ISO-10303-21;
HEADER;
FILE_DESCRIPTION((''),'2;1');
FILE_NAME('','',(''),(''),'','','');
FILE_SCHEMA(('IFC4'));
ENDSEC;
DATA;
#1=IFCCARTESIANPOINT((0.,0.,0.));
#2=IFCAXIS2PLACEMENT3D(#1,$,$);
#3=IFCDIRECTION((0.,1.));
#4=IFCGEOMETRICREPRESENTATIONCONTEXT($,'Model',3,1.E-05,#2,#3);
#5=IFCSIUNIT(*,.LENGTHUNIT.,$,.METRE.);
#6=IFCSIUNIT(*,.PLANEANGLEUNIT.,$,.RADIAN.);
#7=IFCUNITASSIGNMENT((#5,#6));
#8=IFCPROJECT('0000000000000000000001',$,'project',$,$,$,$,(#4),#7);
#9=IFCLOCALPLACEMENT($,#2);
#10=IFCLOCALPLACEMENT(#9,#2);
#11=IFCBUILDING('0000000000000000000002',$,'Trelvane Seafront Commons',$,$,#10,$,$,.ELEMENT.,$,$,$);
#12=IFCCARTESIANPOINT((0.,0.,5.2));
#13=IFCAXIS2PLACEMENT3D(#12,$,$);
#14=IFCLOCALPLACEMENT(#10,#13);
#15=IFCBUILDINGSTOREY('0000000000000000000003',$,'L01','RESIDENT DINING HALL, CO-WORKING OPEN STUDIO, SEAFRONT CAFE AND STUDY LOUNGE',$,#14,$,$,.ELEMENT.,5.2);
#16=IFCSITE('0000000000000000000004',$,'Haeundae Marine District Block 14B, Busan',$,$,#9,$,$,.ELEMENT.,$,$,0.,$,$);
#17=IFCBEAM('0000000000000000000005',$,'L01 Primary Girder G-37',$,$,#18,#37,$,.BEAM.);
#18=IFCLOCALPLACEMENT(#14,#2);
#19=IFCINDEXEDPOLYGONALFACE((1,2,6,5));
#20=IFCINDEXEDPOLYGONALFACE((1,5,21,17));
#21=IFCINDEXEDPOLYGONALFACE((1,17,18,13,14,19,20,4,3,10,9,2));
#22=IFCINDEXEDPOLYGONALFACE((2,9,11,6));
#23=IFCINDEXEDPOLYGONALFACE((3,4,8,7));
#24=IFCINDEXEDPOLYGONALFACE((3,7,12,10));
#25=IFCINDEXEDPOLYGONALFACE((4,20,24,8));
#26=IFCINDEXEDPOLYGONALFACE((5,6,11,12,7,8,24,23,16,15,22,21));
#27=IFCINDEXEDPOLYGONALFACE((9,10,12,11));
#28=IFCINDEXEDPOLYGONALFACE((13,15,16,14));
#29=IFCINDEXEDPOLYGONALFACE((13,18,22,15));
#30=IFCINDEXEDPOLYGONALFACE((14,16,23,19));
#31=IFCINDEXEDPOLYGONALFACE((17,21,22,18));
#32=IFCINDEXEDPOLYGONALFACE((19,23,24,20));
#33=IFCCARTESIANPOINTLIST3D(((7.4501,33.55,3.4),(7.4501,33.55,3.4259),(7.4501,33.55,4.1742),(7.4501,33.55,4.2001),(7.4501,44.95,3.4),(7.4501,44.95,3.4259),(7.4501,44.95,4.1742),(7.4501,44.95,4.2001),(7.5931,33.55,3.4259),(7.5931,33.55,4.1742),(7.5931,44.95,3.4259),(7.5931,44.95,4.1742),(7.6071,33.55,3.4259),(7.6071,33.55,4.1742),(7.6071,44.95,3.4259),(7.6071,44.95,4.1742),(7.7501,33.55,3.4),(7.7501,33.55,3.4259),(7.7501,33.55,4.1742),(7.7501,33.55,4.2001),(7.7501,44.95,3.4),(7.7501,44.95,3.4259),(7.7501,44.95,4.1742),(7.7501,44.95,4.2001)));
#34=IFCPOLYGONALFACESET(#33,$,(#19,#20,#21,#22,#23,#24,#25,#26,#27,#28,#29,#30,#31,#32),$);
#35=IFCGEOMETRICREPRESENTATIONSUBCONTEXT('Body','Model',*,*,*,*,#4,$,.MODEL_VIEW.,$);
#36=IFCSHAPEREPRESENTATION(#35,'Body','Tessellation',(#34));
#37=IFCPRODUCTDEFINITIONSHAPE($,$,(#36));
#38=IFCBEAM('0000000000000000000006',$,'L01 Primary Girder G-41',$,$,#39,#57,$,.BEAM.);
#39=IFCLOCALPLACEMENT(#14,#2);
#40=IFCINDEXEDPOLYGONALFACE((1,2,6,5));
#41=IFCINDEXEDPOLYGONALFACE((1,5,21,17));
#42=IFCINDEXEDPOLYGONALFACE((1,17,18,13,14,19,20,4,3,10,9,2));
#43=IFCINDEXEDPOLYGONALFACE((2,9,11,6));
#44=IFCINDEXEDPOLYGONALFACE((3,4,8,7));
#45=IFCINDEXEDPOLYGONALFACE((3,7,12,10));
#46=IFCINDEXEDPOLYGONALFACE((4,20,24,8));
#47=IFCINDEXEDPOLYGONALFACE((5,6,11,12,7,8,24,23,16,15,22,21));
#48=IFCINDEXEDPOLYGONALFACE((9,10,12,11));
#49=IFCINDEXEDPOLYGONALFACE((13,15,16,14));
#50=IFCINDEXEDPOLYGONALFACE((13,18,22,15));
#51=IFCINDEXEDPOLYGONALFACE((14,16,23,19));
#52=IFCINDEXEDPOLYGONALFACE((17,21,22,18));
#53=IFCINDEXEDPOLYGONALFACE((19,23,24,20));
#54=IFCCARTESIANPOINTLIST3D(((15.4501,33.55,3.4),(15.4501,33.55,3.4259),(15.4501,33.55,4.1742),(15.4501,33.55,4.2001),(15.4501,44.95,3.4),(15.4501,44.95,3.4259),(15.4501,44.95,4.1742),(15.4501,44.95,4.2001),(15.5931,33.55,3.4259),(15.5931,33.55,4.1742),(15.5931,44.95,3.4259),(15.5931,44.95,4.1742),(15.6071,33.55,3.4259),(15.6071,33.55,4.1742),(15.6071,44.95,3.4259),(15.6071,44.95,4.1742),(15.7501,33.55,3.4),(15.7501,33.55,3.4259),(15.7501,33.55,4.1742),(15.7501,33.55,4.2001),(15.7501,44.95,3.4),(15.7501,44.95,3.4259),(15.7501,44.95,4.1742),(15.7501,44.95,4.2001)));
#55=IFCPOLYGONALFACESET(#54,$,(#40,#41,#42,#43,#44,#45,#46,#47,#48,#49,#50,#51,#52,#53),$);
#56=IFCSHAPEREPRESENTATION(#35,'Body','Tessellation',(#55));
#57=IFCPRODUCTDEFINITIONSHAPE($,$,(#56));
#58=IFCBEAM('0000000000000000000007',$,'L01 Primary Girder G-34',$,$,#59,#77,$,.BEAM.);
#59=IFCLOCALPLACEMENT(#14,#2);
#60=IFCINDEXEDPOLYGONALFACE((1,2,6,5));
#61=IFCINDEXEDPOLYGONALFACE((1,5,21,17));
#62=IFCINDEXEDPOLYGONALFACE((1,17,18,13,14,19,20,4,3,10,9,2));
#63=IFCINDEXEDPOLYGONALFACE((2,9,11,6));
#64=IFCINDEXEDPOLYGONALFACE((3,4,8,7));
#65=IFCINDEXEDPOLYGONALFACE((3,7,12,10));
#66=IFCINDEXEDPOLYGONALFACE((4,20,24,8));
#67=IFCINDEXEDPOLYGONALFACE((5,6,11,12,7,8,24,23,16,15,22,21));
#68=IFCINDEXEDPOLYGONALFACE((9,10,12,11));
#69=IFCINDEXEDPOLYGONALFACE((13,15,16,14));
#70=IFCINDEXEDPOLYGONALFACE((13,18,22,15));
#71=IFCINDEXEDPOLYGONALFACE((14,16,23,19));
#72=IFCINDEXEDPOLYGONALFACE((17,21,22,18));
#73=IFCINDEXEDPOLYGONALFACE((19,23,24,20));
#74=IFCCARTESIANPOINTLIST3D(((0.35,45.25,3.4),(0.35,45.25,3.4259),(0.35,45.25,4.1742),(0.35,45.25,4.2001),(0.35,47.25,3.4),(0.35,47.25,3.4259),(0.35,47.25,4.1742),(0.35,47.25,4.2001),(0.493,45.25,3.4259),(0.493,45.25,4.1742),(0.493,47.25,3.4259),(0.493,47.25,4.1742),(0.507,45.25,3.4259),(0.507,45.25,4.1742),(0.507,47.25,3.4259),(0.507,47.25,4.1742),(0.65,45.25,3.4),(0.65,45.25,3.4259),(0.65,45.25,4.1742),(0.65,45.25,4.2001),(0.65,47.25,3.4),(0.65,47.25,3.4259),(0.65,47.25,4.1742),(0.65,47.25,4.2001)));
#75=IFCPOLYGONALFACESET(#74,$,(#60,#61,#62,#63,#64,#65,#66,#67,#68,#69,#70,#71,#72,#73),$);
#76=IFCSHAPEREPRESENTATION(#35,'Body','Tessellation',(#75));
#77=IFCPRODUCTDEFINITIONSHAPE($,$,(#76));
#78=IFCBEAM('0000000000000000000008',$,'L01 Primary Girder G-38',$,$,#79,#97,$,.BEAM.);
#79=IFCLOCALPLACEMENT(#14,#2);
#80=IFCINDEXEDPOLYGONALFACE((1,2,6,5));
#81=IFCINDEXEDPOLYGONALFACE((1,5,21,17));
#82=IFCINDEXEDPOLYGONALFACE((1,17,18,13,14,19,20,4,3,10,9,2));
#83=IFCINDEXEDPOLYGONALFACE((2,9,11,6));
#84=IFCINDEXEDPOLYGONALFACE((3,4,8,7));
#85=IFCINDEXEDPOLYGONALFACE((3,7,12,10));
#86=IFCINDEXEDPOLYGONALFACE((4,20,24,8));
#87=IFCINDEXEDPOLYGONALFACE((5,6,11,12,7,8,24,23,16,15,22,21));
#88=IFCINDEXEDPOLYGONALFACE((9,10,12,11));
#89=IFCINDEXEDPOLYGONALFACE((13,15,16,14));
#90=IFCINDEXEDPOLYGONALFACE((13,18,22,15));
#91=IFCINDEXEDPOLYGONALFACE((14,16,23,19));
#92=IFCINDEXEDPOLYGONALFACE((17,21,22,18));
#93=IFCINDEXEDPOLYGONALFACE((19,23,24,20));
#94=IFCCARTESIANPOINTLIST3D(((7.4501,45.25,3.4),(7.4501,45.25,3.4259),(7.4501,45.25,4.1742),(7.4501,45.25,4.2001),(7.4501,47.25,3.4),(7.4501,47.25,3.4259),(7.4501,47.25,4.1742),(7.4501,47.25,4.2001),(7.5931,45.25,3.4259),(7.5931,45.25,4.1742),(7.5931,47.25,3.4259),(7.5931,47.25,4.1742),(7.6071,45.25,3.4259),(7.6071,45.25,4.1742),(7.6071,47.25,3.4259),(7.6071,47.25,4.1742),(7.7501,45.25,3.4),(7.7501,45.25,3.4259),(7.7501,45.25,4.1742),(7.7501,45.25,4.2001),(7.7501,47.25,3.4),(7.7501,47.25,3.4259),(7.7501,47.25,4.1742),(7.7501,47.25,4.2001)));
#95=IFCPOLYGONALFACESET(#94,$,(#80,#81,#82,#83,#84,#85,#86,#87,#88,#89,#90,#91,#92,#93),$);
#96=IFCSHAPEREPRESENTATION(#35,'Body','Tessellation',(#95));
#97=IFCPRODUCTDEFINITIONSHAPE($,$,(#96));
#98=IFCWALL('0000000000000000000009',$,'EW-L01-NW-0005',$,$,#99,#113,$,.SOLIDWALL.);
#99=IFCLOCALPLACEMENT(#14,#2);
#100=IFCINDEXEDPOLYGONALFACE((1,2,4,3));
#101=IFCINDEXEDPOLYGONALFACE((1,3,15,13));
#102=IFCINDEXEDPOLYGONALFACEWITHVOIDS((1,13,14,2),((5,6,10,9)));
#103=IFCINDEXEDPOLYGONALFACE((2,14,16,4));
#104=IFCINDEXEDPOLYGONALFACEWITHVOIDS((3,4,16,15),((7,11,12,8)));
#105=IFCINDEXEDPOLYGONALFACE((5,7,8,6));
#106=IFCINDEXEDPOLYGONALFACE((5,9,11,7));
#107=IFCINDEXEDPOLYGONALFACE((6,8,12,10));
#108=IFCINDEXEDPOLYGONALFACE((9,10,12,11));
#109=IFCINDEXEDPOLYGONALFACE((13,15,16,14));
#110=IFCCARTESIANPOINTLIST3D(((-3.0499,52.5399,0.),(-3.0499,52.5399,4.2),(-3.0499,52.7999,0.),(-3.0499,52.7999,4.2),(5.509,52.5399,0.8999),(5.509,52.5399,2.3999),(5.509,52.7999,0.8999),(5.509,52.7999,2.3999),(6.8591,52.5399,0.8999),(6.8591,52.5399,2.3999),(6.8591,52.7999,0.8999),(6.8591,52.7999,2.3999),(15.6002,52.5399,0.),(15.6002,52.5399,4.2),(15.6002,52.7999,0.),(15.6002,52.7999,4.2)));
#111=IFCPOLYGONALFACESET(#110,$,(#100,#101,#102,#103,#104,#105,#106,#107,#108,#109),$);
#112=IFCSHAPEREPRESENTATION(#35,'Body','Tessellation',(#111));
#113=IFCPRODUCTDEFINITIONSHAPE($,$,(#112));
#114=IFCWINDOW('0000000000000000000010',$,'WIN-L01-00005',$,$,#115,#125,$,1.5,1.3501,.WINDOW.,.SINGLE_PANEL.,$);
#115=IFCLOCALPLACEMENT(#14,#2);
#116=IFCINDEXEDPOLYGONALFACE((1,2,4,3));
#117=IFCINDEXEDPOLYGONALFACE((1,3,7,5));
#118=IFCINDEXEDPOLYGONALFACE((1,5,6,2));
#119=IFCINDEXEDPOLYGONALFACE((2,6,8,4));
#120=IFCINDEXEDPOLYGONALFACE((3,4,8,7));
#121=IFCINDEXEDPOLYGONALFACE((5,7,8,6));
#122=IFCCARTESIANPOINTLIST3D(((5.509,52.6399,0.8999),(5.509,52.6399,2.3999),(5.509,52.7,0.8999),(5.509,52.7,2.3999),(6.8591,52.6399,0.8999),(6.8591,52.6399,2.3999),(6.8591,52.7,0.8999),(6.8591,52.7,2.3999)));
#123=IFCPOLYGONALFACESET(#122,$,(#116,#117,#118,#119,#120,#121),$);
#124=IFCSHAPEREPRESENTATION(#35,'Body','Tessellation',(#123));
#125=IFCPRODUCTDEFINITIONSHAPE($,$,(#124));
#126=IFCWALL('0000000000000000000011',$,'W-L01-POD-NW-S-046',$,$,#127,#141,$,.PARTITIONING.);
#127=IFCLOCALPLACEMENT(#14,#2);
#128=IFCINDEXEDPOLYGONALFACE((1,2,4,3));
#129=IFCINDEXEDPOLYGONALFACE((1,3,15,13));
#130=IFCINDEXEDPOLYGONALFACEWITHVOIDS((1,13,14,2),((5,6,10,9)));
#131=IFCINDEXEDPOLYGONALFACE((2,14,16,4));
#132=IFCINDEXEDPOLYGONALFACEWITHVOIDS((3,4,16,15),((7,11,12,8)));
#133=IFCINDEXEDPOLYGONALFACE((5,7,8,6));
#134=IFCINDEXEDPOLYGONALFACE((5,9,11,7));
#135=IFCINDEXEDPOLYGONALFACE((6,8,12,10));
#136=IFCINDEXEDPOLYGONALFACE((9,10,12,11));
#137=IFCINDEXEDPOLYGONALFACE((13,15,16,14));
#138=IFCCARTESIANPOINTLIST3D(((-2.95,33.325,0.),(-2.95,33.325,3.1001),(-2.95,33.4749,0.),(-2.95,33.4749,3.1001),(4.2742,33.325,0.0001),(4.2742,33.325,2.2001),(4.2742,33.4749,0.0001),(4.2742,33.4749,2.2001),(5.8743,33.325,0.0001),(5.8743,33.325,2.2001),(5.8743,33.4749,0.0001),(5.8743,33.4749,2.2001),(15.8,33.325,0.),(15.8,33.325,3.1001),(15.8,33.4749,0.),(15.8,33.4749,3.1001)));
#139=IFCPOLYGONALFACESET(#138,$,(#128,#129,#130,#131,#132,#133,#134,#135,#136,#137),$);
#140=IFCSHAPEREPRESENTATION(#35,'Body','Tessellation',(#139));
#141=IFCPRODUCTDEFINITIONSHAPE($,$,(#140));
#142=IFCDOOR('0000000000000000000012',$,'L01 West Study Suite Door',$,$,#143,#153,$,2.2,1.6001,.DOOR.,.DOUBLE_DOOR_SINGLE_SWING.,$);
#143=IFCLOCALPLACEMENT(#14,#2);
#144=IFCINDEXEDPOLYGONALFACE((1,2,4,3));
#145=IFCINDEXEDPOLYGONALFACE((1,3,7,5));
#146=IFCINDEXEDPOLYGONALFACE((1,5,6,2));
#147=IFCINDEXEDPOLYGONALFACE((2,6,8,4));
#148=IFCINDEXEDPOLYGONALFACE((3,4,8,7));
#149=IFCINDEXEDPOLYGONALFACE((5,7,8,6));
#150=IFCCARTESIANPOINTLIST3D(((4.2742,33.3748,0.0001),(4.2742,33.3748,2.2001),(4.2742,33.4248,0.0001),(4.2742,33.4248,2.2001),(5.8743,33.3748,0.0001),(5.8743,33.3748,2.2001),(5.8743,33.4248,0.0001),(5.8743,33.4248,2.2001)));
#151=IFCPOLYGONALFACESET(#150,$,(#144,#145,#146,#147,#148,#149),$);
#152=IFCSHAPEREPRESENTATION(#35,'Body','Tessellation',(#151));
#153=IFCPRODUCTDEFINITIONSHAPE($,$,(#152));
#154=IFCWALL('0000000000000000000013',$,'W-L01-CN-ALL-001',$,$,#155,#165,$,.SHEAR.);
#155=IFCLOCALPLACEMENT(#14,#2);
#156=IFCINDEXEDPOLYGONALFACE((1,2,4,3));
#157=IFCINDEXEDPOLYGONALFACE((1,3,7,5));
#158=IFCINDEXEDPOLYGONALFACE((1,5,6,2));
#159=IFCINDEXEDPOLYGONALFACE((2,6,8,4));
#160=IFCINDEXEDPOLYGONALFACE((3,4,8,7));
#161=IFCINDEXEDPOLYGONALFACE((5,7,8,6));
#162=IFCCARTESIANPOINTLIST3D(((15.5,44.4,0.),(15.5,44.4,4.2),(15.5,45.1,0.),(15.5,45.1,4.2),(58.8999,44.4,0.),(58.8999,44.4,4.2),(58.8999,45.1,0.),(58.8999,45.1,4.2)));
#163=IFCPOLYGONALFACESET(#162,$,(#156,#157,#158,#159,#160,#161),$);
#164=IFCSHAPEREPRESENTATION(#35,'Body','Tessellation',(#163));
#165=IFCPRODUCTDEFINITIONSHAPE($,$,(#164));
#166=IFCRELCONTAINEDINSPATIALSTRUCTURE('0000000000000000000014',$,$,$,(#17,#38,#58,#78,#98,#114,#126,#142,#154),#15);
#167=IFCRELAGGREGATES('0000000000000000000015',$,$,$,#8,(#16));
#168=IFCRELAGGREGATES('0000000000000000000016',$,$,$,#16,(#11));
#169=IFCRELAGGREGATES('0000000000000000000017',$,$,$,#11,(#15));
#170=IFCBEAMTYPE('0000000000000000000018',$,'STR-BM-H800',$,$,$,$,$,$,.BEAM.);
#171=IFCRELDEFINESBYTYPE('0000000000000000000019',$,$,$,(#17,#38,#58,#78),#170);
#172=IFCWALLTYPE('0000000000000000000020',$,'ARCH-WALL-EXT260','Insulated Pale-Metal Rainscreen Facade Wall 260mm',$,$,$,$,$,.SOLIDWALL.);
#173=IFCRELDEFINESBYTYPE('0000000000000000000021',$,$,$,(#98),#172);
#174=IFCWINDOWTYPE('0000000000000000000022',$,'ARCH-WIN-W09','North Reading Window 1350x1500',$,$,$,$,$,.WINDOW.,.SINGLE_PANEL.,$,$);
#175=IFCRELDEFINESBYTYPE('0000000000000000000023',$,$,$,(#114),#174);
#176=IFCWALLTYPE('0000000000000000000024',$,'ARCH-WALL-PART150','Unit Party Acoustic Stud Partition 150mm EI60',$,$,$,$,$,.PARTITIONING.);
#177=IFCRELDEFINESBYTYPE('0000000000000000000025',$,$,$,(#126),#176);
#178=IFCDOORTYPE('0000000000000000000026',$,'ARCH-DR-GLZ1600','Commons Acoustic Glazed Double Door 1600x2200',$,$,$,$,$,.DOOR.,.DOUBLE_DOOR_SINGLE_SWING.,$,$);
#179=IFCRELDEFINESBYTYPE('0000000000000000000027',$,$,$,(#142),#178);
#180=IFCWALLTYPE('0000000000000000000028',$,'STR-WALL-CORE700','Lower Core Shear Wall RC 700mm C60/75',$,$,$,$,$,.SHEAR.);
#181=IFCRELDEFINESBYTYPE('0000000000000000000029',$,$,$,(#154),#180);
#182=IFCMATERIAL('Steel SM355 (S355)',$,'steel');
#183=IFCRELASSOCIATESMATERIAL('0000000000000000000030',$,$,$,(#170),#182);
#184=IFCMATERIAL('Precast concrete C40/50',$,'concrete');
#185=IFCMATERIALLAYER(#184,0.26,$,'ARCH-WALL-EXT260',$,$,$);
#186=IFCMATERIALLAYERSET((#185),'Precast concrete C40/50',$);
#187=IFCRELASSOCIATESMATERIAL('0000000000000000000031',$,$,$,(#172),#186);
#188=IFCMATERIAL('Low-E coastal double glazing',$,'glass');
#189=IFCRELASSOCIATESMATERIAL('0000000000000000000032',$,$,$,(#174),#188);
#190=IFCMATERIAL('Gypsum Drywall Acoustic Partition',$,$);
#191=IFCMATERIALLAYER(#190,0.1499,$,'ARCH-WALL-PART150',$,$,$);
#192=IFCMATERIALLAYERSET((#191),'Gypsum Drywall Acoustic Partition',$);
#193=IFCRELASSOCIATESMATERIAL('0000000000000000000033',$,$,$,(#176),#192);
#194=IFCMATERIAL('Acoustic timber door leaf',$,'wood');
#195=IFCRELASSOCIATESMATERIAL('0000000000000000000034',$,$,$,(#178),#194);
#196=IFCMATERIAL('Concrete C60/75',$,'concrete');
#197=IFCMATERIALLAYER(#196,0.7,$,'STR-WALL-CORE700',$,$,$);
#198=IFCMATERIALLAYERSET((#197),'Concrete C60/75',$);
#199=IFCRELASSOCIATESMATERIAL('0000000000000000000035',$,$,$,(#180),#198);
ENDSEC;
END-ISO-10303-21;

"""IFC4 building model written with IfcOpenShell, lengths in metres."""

from ifc_helpers import new_model, si_unit, direction, frame, frame_2d, origin, origin_2d, place, context, subcontext, project, spatial, rectangle, i_section, extrude, source, transform, mapped, material, layer, layer_set, material_profile, profile_set, type_object, element, fill, save


model = new_model("IFC4")

# Units and contexts
model_context = context("Model", 3, precision=1e-05, world=origin(), true_north=direction((0.0, 1.0)))
body_context = subcontext(model_context, "Body", "Model", "MODEL_VIEW")
ifc_project = project(units=[si_unit("LENGTHUNIT", "METRE"), si_unit("PLANEANGLEUNIT", "RADIAN")], contexts=[model_context])

# Site, building, storey
site_placement = place(None, origin())
site = spatial("IfcSite", under=ifc_project, at=site_placement, Name="Haeundae Marine District Block 14B, Busan", CompositionType="ELEMENT", RefElevation=0.0)
building_placement = place(site_placement, origin())
building = spatial("IfcBuilding", under=site, at=building_placement, Name="Trelvane Seafront Commons", CompositionType="ELEMENT")
storey_placement = place(building_placement, frame((0.0, 0.0, 5.2)))
storey = spatial("IfcBuildingStorey", under=building, at=storey_placement, Name="L01", Description="RESIDENT DINING HALL, CO-WORKING OPEN STUDIO, SEAFRONT CAFE AND STUDY LOUNGE", CompositionType="ELEMENT", Elevation=5.2)

# Shared definitions
ifc_material_1 = material(Name="Concrete C60/75", Category="concrete")

# Beams
ifc_material_2 = material(Name="Steel SM355 (S355)", Category="steel")
ifc_material_profile_1 = material_profile(ifc_material_2, i_section(OverallWidth=0.3, OverallDepth=0.8, WebThickness=0.0139, FlangeThickness=0.0259, at=origin_2d()), Name="H-800x300x14x26")
ifc_profile_set_1 = profile_set([ifc_material_profile_1], Name="Steel SM355 (S355)")
beam_type_1 = type_object("IfcBeamType", Name="STR-BM-H800", PredefinedType="BEAM", material=ifc_profile_set_1)
shared_shape_1 = source(origin(), body_context, "Body", "SweptSolid", [
    extrude(i_section(OverallWidth=0.3, OverallDepth=0.8, WebThickness=0.0139, FlangeThickness=0.0259, at=origin_2d()), origin(), (0.0, 0.0, 1.0), 11.3999),
])
for number, where, z_axis, x_axis, name in (
    (1, (7.6001, 33.55, 3.8), (0.0, 1.0, 0.0), (-1.0, 0.0, 0.0), "L01 Primary Girder G-37"),
    (2, (15.6001, 33.55, 3.8), (0.0, 1.0, 0.0), (-1.0, 0.0, 0.0), "L01 Primary Girder G-41"),
):
    element("IfcBeam", number, at=place(storey_placement, frame(where, z_axis=z_axis, x_axis=x_axis)), inside=storey, type_object=beam_type_1, Name=name, PredefinedType="BEAM", context=body_context, shape_type="MappedRepresentation", body=[
        mapped(shared_shape_1, transform((0.0, 0.0, 0.0), x_axis=(1.0, 0.0, 0.0), y_axis=(0.0, 1.0, 0.0), z_axis=(0.0, 0.0, 1.0), scale=1.0)),
    ])
shared_shape_2 = source(origin(), body_context, "Body", "SweptSolid", [
    extrude(i_section(OverallWidth=0.3, OverallDepth=0.8, WebThickness=0.0139, FlangeThickness=0.0259, at=origin_2d()), origin(), (0.0, 0.0, 1.0), 2.0),
])
for number, where, z_axis, x_axis, name in (
    (3, (0.5, 45.25, 3.8), (0.0, 1.0, 0.0), (-1.0, 0.0, 0.0), "L01 Primary Girder G-34"),
    (4, (7.6001, 45.25, 3.8), (0.0, 1.0, 0.0), (-1.0, 0.0, 0.0), "L01 Primary Girder G-38"),
):
    element("IfcBeam", number, at=place(storey_placement, frame(where, z_axis=z_axis, x_axis=x_axis)), inside=storey, type_object=beam_type_1, Name=name, PredefinedType="BEAM", context=body_context, shape_type="MappedRepresentation", body=[
        mapped(shared_shape_2, transform((0.0, 0.0, 0.0), x_axis=(1.0, 0.0, 0.0), y_axis=(0.0, 1.0, 0.0), z_axis=(0.0, 0.0, 1.0), scale=1.0)),
    ])

# Wall, opening, window
ifc_material_3 = material(Name="Precast concrete C40/50", Category="concrete")
ifc_layer_1 = layer(ifc_material_3, 0.26, Name="ARCH-WALL-EXT260")
ifc_layer_set_1 = layer_set([ifc_layer_1], Name="Precast concrete C40/50")
wall_type_1 = type_object("IfcWallType", Name="ARCH-WALL-EXT260", Description="Insulated Pale-Metal Rainscreen Facade Wall 260mm", PredefinedType="SOLIDWALL", material=ifc_layer_set_1)
wall_1_placement = place(storey_placement, frame((-3.05, 52.6699, 0.0), z_axis=(0.0, 0.0, 1.0), x_axis=(1.0, 0.0, 0.0)))
wall_1 = element("IfcWall", 5, at=wall_1_placement, inside=storey, type_object=wall_type_1, Name="EW-L01-NW-0005", PredefinedType="SOLIDWALL", context=body_context, shape_type="SweptSolid", body=[
    extrude(rectangle(XDim=18.6501, YDim=0.26, at=frame_2d((9.3252, 0.0))), origin(), (0.0, 0.0, 1.0), 4.2),
])
opening_1_placement = place(wall_1_placement, frame((8.5591, 0.0, 0.8999)))
opening_1 = element("IfcOpeningElement", 6, at=opening_1_placement, cuts=wall_1, PredefinedType="OPENING", context=body_context, shape_type="SweptSolid", body=[
    extrude(rectangle(XDim=1.3501, YDim=1.5, at=frame_2d((0.675, 0.75))), frame((0.0, 0.1399, 0.0), z_axis=(0.0, -1.0, 0.0), x_axis=(1.0, 0.0, 0.0)), (0.0, 0.0, 1.0), 0.28),
])
ifc_material_4 = material(Name="Low-E coastal double glazing", Category="glass")
window_type = type_object("IfcWindowType", Name="ARCH-WIN-W09", Description="North Reading Window 1350x1500", PartitioningType="SINGLE_PANEL", PredefinedType="WINDOW", material=ifc_material_4)
shared_shape_3 = source(origin(), body_context, "Body", "SweptSolid", [
    extrude(rectangle(XDim=1.3501, YDim=1.5, at=frame_2d((0.675, 0.75))), frame((0.0, 0.03, 0.0), z_axis=(0.0, -1.0, 0.0), x_axis=(1.0, 0.0, 0.0)), (0.0, 0.0, 1.0), 0.0601),
])
window_placement = place(opening_1_placement, origin())
window = element("IfcWindow", 7, at=window_placement, inside=storey, type_object=window_type, Name="WIN-L01-00005", OverallHeight=1.5, OverallWidth=1.3501, PartitioningType="SINGLE_PANEL", PredefinedType="WINDOW", context=body_context, shape_type="MappedRepresentation", body=[
    mapped(shared_shape_3, transform((0.0, 0.0, 0.0), x_axis=(1.0, 0.0, 0.0), y_axis=(0.0, 1.0, 0.0), z_axis=(0.0, 0.0, 1.0), scale=1.0)),
])
fill(opening_1, window)

# Wall, opening, door
ifc_material_5 = material(Name="Gypsum Drywall Acoustic Partition")
ifc_layer_2 = layer(ifc_material_5, 0.1499, Name="ARCH-WALL-PART150")
ifc_layer_set_2 = layer_set([ifc_layer_2], Name="Gypsum Drywall Acoustic Partition")
wall_type_2 = type_object("IfcWallType", Name="ARCH-WALL-PART150", Description="Unit Party Acoustic Stud Partition 150mm EI60", PredefinedType="PARTITIONING", material=ifc_layer_set_2)
wall_2_placement = place(storey_placement, frame((-2.95, 33.3999, 0.0), z_axis=(0.0, 0.0, 1.0), x_axis=(1.0, 0.0, 0.0)))
wall_2 = element("IfcWall", 8, at=wall_2_placement, inside=storey, type_object=wall_type_2, Name="W-L01-POD-NW-S-046", PredefinedType="PARTITIONING", context=body_context, shape_type="SweptSolid", body=[
    extrude(rectangle(XDim=18.75, YDim=0.1499, at=frame_2d((9.375, 0.0))), origin(), (0.0, 0.0, 1.0), 3.1001),
])
opening_2_placement = place(wall_2_placement, frame((7.2241, 0.0, 0.0)))
opening_2 = element("IfcOpeningElement", 9, at=opening_2_placement, cuts=wall_2, PredefinedType="OPENING", context=body_context, shape_type="SweptSolid", body=[
    extrude(rectangle(XDim=1.6001, YDim=2.2, at=frame_2d((0.8, 1.1001))), frame((0.0, 0.085, 0.0), z_axis=(0.0, -1.0, 0.0), x_axis=(1.0, 0.0, 0.0)), (0.0, 0.0, 1.0), 0.1699),
])
ifc_material_6 = material(Name="Acoustic timber door leaf", Category="wood")
door_type = type_object("IfcDoorType", Name="ARCH-DR-GLZ1600", Description="Commons Acoustic Glazed Double Door 1600x2200", OperationType="DOUBLE_DOOR_SINGLE_SWING", PredefinedType="DOOR", material=ifc_material_6)
shared_shape_4 = source(origin(), body_context, "Body", "SweptSolid", [
    extrude(rectangle(XDim=1.6001, YDim=2.2, at=frame_2d((0.8, 1.1001))), frame((0.0, 0.0249, 0.0), z_axis=(0.0, -1.0, 0.0), x_axis=(1.0, 0.0, 0.0)), (0.0, 0.0, 1.0), 0.05),
])
door_placement = place(opening_2_placement, origin())
door = element("IfcDoor", 10, at=door_placement, inside=storey, type_object=door_type, Name="L01 West Study Suite Door", OperationType="DOUBLE_DOOR_SINGLE_SWING", OverallHeight=2.2, OverallWidth=1.6001, PredefinedType="DOOR", context=body_context, shape_type="MappedRepresentation", body=[
    mapped(shared_shape_4, transform((0.0, 0.0, 0.0), x_axis=(1.0, 0.0, 0.0), y_axis=(0.0, 1.0, 0.0), z_axis=(0.0, 0.0, 1.0), scale=1.0)),
])
fill(opening_2, door)

# Wall
ifc_layer_3 = layer(ifc_material_1, 0.7, Name="STR-WALL-CORE700")
ifc_layer_set_3 = layer_set([ifc_layer_3], Name="Concrete C60/75")
wall_type_3 = type_object("IfcWallType", Name="STR-WALL-CORE700", Description="Lower Core Shear Wall RC 700mm C60/75", PredefinedType="SHEAR", material=ifc_layer_set_3)
wall_3_placement = place(storey_placement, frame((15.5, 44.75, 0.0), z_axis=(0.0, 0.0, 1.0), x_axis=(1.0, 0.0, 0.0)))
element("IfcWall", 11, at=wall_3_placement, inside=storey, type_object=wall_type_3, Name="W-L01-CN-ALL-001", PredefinedType="SHEAR", context=body_context, shape_type="SweptSolid", body=[
    extrude(rectangle(XDim=43.3999, YDim=0.7, at=frame_2d((21.7, 0.0))), origin(), (0.0, 0.0, 1.0), 4.2),
])

save(model, "model.ifc")
